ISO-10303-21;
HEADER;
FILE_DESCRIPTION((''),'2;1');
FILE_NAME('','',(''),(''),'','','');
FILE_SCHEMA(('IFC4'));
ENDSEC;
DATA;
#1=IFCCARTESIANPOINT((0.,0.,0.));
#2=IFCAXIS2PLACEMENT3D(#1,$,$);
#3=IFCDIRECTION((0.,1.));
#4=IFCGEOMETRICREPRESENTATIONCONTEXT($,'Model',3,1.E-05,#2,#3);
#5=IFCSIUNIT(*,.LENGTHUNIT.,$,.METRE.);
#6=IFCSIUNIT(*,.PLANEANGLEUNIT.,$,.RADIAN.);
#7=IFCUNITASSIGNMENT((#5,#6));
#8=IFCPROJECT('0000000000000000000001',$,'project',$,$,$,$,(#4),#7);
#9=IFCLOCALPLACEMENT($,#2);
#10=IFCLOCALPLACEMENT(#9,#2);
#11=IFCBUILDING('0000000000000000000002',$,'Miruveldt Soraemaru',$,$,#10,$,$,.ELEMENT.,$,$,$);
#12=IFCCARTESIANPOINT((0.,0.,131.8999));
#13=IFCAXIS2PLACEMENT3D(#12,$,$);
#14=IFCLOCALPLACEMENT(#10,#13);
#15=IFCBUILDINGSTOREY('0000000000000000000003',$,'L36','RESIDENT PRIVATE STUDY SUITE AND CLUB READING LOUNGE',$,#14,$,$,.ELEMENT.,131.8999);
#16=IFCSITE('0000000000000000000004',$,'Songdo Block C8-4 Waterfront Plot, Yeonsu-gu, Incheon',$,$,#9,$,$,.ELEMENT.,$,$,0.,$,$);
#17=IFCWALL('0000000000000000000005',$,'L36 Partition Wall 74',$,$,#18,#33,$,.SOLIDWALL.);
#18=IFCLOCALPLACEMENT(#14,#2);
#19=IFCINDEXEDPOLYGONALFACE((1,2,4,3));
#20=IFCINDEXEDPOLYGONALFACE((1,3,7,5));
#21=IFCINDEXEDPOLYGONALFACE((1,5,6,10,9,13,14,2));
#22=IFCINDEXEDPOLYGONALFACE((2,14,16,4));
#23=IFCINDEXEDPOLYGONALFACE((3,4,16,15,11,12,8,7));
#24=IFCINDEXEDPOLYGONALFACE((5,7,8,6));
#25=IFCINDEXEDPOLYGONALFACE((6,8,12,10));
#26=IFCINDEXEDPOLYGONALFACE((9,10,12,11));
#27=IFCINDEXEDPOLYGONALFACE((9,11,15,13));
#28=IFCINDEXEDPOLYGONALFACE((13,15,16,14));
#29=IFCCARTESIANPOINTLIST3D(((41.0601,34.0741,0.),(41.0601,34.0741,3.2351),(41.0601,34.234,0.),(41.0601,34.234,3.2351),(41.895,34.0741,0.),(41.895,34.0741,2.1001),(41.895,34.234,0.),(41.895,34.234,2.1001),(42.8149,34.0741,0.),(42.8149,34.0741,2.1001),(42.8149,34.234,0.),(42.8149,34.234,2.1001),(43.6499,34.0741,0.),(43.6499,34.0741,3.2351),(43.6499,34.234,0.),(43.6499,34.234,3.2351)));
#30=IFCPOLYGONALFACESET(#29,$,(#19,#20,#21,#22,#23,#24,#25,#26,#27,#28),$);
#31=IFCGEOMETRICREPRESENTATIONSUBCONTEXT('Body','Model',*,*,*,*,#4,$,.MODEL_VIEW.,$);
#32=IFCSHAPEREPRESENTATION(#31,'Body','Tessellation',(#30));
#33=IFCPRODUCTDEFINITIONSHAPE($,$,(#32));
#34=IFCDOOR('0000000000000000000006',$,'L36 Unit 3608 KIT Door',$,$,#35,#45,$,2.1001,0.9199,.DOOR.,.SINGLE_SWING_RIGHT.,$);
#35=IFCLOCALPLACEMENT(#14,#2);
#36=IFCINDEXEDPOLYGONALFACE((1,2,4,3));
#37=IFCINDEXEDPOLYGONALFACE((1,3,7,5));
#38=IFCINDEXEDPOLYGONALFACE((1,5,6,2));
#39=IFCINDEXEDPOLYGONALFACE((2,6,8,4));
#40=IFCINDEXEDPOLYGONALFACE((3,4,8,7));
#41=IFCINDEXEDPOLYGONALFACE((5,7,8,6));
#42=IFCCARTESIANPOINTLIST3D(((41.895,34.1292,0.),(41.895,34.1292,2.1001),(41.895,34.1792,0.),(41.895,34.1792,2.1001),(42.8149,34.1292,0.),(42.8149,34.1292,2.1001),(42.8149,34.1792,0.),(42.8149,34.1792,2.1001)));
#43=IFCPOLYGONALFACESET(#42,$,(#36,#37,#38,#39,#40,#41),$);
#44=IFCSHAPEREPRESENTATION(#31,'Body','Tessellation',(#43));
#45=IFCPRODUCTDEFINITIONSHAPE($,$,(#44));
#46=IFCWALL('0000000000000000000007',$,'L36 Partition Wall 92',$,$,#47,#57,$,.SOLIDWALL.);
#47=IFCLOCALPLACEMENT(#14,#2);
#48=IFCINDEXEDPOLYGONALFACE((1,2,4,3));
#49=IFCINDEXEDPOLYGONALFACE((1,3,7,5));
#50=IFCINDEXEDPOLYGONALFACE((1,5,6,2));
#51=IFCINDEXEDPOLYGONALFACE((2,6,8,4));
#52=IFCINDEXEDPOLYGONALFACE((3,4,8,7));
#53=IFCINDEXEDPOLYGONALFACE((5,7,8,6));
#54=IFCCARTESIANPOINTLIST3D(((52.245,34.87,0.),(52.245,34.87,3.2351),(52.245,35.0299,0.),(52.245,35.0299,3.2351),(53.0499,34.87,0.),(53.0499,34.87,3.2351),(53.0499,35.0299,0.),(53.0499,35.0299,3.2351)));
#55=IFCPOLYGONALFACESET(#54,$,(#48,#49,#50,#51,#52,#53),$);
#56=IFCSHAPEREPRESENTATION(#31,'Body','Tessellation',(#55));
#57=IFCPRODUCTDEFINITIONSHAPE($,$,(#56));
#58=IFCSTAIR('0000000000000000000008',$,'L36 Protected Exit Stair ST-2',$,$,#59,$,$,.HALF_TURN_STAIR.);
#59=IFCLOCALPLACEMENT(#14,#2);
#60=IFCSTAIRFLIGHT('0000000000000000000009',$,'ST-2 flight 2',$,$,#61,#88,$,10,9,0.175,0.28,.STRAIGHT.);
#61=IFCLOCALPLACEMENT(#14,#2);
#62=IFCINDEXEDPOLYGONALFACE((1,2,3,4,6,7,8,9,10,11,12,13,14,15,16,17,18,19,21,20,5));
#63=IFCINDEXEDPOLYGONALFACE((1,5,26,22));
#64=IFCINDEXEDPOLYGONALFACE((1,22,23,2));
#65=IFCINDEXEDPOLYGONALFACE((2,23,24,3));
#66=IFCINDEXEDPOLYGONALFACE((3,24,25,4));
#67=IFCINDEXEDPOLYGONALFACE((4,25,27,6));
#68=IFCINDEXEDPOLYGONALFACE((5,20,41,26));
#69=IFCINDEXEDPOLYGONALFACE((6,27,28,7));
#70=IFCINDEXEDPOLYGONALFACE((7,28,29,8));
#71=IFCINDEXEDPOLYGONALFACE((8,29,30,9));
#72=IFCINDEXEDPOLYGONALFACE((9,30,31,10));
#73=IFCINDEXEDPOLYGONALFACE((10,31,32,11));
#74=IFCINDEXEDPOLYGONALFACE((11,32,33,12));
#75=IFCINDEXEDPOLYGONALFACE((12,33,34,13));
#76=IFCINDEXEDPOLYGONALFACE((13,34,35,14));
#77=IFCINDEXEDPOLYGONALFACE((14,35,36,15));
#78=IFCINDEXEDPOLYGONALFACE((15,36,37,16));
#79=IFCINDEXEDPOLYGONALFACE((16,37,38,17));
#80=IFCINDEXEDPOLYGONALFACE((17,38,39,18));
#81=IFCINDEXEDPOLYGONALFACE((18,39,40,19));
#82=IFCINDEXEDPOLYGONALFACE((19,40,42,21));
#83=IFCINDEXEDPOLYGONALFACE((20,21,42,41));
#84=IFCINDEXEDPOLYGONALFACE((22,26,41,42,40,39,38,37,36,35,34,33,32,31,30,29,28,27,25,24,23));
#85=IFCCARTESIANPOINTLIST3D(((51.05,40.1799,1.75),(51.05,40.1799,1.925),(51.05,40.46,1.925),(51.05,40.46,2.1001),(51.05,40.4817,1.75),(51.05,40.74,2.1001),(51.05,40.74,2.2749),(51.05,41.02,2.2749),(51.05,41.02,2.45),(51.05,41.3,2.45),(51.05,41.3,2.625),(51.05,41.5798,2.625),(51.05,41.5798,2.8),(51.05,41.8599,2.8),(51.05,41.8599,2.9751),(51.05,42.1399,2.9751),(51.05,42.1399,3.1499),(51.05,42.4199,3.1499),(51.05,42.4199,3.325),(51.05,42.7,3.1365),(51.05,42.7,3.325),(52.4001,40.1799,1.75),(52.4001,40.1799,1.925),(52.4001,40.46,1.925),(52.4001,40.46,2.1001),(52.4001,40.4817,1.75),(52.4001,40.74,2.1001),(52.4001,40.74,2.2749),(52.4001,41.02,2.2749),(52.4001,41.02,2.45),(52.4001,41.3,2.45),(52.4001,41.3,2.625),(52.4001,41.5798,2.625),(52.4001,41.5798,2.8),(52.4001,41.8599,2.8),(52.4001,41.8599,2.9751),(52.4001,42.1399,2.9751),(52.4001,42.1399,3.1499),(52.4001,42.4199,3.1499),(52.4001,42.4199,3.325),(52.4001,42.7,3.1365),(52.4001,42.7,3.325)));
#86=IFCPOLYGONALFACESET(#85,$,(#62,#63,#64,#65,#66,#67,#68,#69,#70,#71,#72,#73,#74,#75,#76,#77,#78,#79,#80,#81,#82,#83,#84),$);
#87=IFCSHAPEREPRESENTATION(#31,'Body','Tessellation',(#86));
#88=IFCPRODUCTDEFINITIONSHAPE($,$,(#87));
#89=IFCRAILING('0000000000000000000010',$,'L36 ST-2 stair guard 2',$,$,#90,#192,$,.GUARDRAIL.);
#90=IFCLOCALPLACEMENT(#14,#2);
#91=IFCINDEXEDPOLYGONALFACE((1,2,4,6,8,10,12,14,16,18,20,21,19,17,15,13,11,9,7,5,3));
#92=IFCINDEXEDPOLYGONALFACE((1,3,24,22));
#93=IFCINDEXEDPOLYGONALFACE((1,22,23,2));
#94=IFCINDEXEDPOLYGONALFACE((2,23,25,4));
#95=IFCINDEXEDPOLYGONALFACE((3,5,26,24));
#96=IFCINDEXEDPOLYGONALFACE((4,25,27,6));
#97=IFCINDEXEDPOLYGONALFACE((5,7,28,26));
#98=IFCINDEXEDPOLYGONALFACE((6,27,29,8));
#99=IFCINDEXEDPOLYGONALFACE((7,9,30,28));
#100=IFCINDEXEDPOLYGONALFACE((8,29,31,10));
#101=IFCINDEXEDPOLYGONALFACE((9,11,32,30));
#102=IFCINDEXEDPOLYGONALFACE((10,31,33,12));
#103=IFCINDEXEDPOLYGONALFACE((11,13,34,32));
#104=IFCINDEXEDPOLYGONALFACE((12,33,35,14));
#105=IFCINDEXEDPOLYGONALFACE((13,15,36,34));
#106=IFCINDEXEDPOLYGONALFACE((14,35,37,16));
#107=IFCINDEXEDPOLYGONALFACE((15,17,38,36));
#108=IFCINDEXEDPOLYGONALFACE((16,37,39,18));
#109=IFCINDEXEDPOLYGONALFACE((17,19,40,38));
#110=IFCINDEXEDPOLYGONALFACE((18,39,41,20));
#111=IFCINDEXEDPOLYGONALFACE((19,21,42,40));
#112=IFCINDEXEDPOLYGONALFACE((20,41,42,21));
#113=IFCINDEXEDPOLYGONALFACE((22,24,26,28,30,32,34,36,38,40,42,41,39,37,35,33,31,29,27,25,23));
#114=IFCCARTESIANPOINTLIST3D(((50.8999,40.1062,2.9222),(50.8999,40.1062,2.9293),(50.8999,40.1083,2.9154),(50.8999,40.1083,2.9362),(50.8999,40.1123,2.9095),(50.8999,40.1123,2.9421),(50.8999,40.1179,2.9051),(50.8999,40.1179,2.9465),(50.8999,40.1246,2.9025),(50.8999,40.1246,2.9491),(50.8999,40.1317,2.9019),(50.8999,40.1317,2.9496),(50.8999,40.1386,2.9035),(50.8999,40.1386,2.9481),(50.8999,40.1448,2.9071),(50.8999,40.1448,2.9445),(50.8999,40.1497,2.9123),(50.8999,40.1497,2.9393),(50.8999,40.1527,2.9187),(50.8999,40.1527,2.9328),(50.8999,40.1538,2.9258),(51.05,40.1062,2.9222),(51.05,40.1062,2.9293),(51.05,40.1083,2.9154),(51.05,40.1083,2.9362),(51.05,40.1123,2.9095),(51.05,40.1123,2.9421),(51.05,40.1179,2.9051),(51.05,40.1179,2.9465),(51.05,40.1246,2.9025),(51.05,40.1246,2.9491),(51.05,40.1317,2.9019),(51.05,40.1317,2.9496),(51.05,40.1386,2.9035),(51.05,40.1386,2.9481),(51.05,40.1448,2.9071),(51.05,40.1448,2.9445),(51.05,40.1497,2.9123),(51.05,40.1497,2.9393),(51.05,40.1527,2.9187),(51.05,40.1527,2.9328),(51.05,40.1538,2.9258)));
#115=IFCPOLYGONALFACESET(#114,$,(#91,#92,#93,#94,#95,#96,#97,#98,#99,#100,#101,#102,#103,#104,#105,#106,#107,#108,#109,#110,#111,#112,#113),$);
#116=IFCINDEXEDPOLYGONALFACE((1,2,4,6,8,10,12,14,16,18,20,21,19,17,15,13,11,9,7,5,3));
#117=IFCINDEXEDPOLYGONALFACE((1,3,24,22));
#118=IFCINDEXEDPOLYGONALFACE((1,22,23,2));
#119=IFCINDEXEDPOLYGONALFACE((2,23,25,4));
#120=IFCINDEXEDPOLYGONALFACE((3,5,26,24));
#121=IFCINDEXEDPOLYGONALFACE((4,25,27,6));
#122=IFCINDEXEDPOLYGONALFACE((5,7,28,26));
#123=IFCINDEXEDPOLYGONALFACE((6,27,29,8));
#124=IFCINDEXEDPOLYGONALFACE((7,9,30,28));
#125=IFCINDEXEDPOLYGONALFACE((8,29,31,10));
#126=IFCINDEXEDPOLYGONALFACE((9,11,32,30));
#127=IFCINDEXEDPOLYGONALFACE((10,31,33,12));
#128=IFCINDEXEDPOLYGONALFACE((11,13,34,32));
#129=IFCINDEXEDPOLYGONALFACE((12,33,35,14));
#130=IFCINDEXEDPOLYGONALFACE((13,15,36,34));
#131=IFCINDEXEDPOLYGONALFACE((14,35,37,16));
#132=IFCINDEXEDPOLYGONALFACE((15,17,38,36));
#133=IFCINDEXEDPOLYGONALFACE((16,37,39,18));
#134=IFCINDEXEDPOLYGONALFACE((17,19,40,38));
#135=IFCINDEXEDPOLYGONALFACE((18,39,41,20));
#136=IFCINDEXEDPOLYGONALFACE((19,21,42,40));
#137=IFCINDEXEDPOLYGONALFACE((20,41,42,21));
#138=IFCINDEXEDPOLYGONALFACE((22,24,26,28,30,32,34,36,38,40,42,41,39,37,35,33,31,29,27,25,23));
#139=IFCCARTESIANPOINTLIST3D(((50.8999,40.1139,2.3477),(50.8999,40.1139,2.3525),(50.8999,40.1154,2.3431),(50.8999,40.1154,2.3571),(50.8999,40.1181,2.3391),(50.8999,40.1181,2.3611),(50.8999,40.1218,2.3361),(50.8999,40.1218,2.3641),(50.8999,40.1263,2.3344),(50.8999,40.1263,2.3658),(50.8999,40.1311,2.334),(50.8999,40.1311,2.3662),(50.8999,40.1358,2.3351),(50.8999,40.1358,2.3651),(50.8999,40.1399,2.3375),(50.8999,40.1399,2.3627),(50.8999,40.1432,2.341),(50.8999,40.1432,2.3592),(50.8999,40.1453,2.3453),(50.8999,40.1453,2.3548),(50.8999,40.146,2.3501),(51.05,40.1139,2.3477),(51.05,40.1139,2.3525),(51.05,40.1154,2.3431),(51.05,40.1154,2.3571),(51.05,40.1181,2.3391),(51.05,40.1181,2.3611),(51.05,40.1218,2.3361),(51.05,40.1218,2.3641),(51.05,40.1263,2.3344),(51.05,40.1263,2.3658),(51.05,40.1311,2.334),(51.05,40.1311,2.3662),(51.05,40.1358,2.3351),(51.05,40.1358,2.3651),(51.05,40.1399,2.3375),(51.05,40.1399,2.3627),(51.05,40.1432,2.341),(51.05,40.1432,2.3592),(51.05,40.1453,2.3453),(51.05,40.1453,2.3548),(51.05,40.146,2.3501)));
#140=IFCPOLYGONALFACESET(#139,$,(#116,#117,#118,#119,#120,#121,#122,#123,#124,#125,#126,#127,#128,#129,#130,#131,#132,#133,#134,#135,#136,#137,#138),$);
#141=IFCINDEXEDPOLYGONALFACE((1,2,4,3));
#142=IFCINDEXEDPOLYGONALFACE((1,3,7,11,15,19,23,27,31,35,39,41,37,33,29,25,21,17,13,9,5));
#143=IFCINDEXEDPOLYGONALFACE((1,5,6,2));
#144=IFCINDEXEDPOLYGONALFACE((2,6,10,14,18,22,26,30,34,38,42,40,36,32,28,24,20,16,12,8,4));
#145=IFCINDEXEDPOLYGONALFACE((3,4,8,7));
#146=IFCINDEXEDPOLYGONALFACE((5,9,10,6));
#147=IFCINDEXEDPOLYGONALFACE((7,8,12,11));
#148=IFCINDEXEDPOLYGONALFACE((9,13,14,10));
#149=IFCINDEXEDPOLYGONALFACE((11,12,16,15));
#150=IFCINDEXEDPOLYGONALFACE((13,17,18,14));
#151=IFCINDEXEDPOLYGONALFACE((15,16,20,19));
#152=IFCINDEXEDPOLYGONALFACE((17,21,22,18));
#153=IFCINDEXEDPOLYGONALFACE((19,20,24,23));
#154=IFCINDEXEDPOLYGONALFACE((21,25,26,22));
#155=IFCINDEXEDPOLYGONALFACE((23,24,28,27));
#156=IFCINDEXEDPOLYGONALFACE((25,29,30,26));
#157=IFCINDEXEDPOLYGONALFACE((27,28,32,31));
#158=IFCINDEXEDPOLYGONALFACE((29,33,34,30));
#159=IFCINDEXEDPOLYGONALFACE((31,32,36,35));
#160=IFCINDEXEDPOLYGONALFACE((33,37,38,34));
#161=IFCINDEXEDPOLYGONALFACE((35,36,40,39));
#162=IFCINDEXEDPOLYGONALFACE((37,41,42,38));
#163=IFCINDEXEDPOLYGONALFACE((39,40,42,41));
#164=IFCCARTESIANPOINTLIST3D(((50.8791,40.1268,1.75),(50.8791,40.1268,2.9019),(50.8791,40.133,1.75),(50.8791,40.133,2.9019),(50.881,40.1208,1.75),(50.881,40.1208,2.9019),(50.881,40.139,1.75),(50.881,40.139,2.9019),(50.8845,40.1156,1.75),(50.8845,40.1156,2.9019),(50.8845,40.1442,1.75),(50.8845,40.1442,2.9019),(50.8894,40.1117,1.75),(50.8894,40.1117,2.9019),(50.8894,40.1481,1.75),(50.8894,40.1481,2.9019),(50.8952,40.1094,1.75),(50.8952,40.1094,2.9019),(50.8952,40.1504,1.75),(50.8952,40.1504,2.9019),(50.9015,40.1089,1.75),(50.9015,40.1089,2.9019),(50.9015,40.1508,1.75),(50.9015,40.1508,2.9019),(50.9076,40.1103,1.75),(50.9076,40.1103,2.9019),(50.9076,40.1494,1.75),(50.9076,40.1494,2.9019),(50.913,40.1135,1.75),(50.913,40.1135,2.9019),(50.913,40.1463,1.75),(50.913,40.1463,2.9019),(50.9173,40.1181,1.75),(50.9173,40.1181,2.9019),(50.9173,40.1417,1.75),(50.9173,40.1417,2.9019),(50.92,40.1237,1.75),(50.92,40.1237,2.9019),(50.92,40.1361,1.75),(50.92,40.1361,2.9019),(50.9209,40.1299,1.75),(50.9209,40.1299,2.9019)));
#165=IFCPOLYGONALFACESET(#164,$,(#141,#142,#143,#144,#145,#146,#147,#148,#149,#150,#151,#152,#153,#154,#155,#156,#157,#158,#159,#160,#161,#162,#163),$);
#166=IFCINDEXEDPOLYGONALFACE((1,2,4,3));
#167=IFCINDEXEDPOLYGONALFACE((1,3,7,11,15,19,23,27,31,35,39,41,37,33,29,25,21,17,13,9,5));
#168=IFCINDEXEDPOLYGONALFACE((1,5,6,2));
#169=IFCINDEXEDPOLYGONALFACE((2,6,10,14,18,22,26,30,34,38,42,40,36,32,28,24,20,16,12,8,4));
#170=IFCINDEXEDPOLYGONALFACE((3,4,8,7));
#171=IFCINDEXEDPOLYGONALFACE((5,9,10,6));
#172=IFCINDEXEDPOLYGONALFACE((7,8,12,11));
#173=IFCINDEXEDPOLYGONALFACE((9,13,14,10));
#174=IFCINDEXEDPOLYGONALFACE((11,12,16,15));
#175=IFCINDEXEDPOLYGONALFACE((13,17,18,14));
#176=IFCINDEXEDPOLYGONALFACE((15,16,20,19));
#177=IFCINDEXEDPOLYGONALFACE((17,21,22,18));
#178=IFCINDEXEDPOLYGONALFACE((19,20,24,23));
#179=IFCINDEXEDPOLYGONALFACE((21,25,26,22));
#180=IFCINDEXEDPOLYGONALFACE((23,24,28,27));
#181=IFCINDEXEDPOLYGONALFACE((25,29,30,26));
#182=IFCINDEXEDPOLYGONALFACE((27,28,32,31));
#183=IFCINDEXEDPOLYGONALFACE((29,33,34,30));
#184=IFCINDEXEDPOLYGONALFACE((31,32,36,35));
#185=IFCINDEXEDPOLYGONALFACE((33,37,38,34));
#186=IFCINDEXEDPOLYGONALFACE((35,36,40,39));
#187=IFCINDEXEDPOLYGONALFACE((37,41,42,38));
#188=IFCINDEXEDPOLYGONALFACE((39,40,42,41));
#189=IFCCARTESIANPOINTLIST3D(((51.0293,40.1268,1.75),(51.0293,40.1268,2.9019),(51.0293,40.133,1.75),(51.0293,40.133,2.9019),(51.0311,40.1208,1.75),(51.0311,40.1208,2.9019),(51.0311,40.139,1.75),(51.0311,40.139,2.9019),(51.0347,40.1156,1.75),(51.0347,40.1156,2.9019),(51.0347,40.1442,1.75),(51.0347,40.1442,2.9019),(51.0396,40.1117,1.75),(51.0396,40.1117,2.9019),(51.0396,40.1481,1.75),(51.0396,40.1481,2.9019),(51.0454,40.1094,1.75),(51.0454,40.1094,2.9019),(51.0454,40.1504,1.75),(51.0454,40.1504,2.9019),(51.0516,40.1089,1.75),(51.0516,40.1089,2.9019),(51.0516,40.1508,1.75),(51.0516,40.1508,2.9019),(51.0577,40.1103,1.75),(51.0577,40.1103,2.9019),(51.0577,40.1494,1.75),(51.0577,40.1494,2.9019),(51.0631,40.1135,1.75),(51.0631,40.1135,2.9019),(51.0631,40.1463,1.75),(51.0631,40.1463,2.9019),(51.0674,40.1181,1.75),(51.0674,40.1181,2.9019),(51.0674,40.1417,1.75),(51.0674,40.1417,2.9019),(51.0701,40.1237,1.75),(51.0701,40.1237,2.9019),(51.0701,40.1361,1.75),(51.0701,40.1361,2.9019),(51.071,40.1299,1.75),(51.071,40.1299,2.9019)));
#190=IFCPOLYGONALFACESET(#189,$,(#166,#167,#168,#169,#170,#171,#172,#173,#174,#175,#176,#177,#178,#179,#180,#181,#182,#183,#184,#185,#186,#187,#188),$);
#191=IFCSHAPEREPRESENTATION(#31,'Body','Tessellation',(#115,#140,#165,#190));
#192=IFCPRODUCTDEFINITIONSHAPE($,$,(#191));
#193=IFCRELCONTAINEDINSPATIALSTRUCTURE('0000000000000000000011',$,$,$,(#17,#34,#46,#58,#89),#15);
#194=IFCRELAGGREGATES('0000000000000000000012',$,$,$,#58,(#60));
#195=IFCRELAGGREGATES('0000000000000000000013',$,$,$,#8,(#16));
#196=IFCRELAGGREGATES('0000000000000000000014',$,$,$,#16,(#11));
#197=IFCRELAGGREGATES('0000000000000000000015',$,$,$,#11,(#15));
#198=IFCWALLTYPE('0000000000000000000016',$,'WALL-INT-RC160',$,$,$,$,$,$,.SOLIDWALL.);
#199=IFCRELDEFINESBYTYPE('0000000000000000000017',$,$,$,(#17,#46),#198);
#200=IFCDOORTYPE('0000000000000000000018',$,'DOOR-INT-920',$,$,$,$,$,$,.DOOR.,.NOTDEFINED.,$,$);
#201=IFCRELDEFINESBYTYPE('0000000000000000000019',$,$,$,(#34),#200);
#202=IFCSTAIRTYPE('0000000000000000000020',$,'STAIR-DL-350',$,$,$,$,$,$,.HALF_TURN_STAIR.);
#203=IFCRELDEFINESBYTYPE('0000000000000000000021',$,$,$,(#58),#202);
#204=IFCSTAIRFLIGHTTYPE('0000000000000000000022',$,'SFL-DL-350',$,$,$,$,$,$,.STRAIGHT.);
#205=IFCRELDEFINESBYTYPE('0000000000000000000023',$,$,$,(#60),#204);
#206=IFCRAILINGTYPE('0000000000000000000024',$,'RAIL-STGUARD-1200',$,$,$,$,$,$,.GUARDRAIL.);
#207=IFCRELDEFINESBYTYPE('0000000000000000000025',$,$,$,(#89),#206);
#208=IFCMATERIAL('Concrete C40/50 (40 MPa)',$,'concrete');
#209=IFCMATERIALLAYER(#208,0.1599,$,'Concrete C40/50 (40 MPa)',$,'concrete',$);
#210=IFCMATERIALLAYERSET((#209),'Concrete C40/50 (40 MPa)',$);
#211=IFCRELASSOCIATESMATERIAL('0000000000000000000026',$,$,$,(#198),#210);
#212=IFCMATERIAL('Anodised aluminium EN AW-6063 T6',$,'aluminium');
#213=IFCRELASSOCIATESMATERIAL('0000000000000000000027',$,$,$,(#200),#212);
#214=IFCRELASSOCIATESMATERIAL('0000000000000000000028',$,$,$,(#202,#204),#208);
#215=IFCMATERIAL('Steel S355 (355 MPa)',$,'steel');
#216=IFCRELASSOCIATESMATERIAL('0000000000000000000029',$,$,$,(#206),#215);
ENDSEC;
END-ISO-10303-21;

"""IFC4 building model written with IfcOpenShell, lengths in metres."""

from ifc_helpers import new_model, si_unit, direction, frame, frame_2d, origin, origin_2d, place, context, subcontext, project, spatial, polyline, rectangle, circle, outline, extrude, material, layer, layer_set, type_object, element, fill, aggregate, save


model = new_model("IFC4")

# Units and contexts
model_context = context("Model", 3, precision=1e-05, world=origin(), true_north=direction((0.0, 1.0)))
body_context = subcontext(model_context, "Body", "Model", "MODEL_VIEW")
ifc_project = project(units=[si_unit("LENGTHUNIT", "METRE"), si_unit("PLANEANGLEUNIT", "RADIAN")], contexts=[model_context])

# Site, building, storey
site_placement = place(None, origin())
site = spatial("IfcSite", under=ifc_project, at=site_placement, Name="Songdo Block C8-4 Waterfront Plot, Yeonsu-gu, Incheon", CompositionType="ELEMENT", RefElevation=0.0)
building_placement = place(site_placement, origin())
building = spatial("IfcBuilding", under=site, at=building_placement, Name="Miruveldt Soraemaru", CompositionType="ELEMENT")
storey_placement = place(building_placement, frame((0.0, 0.0, 131.8999)))
storey = spatial("IfcBuildingStorey", under=building, at=storey_placement, Name="L36", Description="RESIDENT PRIVATE STUDY SUITE AND CLUB READING LOUNGE", CompositionType="ELEMENT", Elevation=131.8999)

# Shared definitions
ifc_material_1 = material(Name="Anodised aluminium EN AW-6063 T6", Category="aluminium")

# Wall, opening, door
ifc_material_2 = material(Name="Concrete C40/50 (40 MPa)", Category="concrete")
ifc_layer_1 = layer(ifc_material_2, 0.1599, Name="Concrete C40/50 (40 MPa)", Category="concrete")
ifc_layer_set_1 = layer_set([ifc_layer_1], Name="Concrete C40/50 (40 MPa)")
wall_type_1 = type_object("IfcWallType", Name="WALL-INT-RC160", PredefinedType="SOLIDWALL", material=ifc_layer_set_1)
wall_1_placement = place(storey_placement, frame((43.6499, 34.1541, 0.0), z_axis=(0.0, 0.0, 1.0), x_axis=(-1.0, 0.0, 0.0)))
wall_1 = element("IfcWall", 1, at=wall_1_placement, inside=storey, type_object=wall_type_1, Name="L36 Partition Wall 74", PredefinedType="SOLIDWALL", context=body_context, shape_type="SweptSolid", body=[
    extrude(rectangle(XDim=2.5898, YDim=0.1599, at=frame_2d((1.2949, 0.0))), origin(), (0.0, 0.0, 1.0), 3.2351),
])
opening_1_placement = place(wall_1_placement, frame((0.835, 0.0, 0.0)))
opening_1 = element("IfcOpeningElement", 2, at=opening_1_placement, cuts=wall_1, PredefinedType="OPENING", context=body_context, shape_type="SweptSolid", body=[
    extrude(rectangle(XDim=0.9199, YDim=2.1001, at=frame_2d((0.46, 1.05))), frame((0.0, 0.0898, 0.0), z_axis=(0.0, -1.0, 0.0), x_axis=(1.0, 0.0, 0.0)), (0.0, 0.0, 1.0), 0.1799),
])
door_type_1 = type_object("IfcDoorType", Name="DOOR-INT-920", OperationType="NOTDEFINED", PredefinedType="DOOR", material=ifc_material_1)
door_1_placement = place(opening_1_placement, origin())
door_1 = element("IfcDoor", 3, at=door_1_placement, inside=storey, type_object=door_type_1, Name="L36 Unit 3608 KIT Door", OperationType="SINGLE_SWING_RIGHT", OverallHeight=2.1001, OverallWidth=0.9199, PredefinedType="DOOR", context=body_context, shape_type="SweptSolid", body=[
    extrude(rectangle(XDim=0.9199, YDim=2.1001, at=frame_2d((0.46, 1.05))), frame((0.0, 0.0249, 0.0), z_axis=(0.0, -1.0, 0.0), x_axis=(1.0, 0.0, 0.0)), (0.0, 0.0, 1.0), 0.05),
])
fill(opening_1, door_1)

# Wall
wall_2_placement = place(storey_placement, frame((52.2451, 34.95, 0.0), z_axis=(0.0, 0.0, 1.0), x_axis=(1.0, 0.0, 0.0)))
element("IfcWall", 4, at=wall_2_placement, inside=storey, type_object=wall_type_1, Name="L36 Partition Wall 92", PredefinedType="SOLIDWALL", context=body_context, shape_type="SweptSolid", body=[
    extrude(rectangle(XDim=0.8049, YDim=0.1599, at=frame_2d((0.4023, 0.0))), origin(), (0.0, 0.0, 1.0), 3.2351),
])

# Stair, stair flight
stair_type = type_object("IfcStairType", Name="STAIR-DL-350", PredefinedType="HALF_TURN_STAIR", material=ifc_material_2)
stair_placement = place(storey_placement, origin())
stair = element("IfcStair", 5, at=stair_placement, inside=storey, type_object=stair_type, Name="L36 Protected Exit Stair ST-2", PredefinedType="HALF_TURN_STAIR")
stair_flight_type = type_object("IfcStairFlightType", Name="SFL-DL-350", PredefinedType="STRAIGHT", material=ifc_material_2)
stair_flight_placement = place(storey_placement, frame((51.7251, 40.1799, 1.75), z_axis=(0.0, 0.0, 1.0), x_axis=(0.0, 1.0, 0.0)))
stair_flight = element("IfcStairFlight", 6, at=stair_flight_placement, type_object=stair_flight_type, Name="ST-2 flight 2", NumberOfRisers=10, NumberOfTreads=9, PredefinedType="STRAIGHT", RiserHeight=0.175, TreadLength=0.28, context=body_context, shape_type="SweptSolid", body=[
    extrude(outline(polyline([(0.0, 0.0), (0.0, 0.175), (0.28, 0.175), (0.28, 0.3501), (0.5601, 0.3501), (0.5601, 0.5249), (0.8401, 0.5249), (0.8401, 0.7), (1.1201, 0.7), (1.1201, 0.875), (1.3999, 0.875), (1.3999, 1.05), (1.6799, 1.05), (1.6799, 1.2251), (1.96, 1.2251), (1.96, 1.3999), (2.24, 1.3999), (2.24, 1.575), (2.52, 1.575), (2.52, 1.75), (2.52, 1.3865), (0.3018, 0.0), (0.0, 0.0)])), frame((0.0, 0.675, 0.0), z_axis=(0.0, -1.0, 0.0), x_axis=(1.0, 0.0, 0.0)), (0.0, 0.0, 1.0), 1.3501),
])
aggregate(stair, [stair_flight])

# Railing
ifc_material_3 = material(Name="Steel S355 (355 MPa)", Category="steel")
railing_type_1 = type_object("IfcRailingType", Name="RAIL-STGUARD-1200", PredefinedType="GUARDRAIL", material=ifc_material_3)
railing_1_placement = place(storey_placement, frame((50.8999, 40.1299, 1.75)))
element("IfcRailing", 7, at=railing_1_placement, inside=storey, type_object=railing_type_1, Name="L36 ST-2 stair guard 2", PredefinedType="GUARDRAIL", context=body_context, shape_type="SweptSolid", body=[
    extrude(circle(Radius=0.0239, at=origin_2d()), frame((0.0, 0.0, 1.1758), z_axis=(1.0, 0.0, 0.0), x_axis=(0.0, 1.0, 0.0)), (0.0, 0.0, 1.0), 0.1501),
    extrude(circle(Radius=0.0161, at=origin_2d()), frame((0.0, 0.0, 0.6001), z_axis=(1.0, 0.0, 0.0), x_axis=(0.0, 1.0, 0.0)), (0.0, 0.0, 1.0), 0.1501),
    extrude(circle(Radius=0.021, at=origin_2d()), origin(), (0.0, 0.0, 1.0), 1.1519),
    extrude(circle(Radius=0.021, at=origin_2d()), frame((0.1501, 0.0, 0.0)), (0.0, 0.0, 1.0), 1.1519),
])

save(model, "model.ifc")
